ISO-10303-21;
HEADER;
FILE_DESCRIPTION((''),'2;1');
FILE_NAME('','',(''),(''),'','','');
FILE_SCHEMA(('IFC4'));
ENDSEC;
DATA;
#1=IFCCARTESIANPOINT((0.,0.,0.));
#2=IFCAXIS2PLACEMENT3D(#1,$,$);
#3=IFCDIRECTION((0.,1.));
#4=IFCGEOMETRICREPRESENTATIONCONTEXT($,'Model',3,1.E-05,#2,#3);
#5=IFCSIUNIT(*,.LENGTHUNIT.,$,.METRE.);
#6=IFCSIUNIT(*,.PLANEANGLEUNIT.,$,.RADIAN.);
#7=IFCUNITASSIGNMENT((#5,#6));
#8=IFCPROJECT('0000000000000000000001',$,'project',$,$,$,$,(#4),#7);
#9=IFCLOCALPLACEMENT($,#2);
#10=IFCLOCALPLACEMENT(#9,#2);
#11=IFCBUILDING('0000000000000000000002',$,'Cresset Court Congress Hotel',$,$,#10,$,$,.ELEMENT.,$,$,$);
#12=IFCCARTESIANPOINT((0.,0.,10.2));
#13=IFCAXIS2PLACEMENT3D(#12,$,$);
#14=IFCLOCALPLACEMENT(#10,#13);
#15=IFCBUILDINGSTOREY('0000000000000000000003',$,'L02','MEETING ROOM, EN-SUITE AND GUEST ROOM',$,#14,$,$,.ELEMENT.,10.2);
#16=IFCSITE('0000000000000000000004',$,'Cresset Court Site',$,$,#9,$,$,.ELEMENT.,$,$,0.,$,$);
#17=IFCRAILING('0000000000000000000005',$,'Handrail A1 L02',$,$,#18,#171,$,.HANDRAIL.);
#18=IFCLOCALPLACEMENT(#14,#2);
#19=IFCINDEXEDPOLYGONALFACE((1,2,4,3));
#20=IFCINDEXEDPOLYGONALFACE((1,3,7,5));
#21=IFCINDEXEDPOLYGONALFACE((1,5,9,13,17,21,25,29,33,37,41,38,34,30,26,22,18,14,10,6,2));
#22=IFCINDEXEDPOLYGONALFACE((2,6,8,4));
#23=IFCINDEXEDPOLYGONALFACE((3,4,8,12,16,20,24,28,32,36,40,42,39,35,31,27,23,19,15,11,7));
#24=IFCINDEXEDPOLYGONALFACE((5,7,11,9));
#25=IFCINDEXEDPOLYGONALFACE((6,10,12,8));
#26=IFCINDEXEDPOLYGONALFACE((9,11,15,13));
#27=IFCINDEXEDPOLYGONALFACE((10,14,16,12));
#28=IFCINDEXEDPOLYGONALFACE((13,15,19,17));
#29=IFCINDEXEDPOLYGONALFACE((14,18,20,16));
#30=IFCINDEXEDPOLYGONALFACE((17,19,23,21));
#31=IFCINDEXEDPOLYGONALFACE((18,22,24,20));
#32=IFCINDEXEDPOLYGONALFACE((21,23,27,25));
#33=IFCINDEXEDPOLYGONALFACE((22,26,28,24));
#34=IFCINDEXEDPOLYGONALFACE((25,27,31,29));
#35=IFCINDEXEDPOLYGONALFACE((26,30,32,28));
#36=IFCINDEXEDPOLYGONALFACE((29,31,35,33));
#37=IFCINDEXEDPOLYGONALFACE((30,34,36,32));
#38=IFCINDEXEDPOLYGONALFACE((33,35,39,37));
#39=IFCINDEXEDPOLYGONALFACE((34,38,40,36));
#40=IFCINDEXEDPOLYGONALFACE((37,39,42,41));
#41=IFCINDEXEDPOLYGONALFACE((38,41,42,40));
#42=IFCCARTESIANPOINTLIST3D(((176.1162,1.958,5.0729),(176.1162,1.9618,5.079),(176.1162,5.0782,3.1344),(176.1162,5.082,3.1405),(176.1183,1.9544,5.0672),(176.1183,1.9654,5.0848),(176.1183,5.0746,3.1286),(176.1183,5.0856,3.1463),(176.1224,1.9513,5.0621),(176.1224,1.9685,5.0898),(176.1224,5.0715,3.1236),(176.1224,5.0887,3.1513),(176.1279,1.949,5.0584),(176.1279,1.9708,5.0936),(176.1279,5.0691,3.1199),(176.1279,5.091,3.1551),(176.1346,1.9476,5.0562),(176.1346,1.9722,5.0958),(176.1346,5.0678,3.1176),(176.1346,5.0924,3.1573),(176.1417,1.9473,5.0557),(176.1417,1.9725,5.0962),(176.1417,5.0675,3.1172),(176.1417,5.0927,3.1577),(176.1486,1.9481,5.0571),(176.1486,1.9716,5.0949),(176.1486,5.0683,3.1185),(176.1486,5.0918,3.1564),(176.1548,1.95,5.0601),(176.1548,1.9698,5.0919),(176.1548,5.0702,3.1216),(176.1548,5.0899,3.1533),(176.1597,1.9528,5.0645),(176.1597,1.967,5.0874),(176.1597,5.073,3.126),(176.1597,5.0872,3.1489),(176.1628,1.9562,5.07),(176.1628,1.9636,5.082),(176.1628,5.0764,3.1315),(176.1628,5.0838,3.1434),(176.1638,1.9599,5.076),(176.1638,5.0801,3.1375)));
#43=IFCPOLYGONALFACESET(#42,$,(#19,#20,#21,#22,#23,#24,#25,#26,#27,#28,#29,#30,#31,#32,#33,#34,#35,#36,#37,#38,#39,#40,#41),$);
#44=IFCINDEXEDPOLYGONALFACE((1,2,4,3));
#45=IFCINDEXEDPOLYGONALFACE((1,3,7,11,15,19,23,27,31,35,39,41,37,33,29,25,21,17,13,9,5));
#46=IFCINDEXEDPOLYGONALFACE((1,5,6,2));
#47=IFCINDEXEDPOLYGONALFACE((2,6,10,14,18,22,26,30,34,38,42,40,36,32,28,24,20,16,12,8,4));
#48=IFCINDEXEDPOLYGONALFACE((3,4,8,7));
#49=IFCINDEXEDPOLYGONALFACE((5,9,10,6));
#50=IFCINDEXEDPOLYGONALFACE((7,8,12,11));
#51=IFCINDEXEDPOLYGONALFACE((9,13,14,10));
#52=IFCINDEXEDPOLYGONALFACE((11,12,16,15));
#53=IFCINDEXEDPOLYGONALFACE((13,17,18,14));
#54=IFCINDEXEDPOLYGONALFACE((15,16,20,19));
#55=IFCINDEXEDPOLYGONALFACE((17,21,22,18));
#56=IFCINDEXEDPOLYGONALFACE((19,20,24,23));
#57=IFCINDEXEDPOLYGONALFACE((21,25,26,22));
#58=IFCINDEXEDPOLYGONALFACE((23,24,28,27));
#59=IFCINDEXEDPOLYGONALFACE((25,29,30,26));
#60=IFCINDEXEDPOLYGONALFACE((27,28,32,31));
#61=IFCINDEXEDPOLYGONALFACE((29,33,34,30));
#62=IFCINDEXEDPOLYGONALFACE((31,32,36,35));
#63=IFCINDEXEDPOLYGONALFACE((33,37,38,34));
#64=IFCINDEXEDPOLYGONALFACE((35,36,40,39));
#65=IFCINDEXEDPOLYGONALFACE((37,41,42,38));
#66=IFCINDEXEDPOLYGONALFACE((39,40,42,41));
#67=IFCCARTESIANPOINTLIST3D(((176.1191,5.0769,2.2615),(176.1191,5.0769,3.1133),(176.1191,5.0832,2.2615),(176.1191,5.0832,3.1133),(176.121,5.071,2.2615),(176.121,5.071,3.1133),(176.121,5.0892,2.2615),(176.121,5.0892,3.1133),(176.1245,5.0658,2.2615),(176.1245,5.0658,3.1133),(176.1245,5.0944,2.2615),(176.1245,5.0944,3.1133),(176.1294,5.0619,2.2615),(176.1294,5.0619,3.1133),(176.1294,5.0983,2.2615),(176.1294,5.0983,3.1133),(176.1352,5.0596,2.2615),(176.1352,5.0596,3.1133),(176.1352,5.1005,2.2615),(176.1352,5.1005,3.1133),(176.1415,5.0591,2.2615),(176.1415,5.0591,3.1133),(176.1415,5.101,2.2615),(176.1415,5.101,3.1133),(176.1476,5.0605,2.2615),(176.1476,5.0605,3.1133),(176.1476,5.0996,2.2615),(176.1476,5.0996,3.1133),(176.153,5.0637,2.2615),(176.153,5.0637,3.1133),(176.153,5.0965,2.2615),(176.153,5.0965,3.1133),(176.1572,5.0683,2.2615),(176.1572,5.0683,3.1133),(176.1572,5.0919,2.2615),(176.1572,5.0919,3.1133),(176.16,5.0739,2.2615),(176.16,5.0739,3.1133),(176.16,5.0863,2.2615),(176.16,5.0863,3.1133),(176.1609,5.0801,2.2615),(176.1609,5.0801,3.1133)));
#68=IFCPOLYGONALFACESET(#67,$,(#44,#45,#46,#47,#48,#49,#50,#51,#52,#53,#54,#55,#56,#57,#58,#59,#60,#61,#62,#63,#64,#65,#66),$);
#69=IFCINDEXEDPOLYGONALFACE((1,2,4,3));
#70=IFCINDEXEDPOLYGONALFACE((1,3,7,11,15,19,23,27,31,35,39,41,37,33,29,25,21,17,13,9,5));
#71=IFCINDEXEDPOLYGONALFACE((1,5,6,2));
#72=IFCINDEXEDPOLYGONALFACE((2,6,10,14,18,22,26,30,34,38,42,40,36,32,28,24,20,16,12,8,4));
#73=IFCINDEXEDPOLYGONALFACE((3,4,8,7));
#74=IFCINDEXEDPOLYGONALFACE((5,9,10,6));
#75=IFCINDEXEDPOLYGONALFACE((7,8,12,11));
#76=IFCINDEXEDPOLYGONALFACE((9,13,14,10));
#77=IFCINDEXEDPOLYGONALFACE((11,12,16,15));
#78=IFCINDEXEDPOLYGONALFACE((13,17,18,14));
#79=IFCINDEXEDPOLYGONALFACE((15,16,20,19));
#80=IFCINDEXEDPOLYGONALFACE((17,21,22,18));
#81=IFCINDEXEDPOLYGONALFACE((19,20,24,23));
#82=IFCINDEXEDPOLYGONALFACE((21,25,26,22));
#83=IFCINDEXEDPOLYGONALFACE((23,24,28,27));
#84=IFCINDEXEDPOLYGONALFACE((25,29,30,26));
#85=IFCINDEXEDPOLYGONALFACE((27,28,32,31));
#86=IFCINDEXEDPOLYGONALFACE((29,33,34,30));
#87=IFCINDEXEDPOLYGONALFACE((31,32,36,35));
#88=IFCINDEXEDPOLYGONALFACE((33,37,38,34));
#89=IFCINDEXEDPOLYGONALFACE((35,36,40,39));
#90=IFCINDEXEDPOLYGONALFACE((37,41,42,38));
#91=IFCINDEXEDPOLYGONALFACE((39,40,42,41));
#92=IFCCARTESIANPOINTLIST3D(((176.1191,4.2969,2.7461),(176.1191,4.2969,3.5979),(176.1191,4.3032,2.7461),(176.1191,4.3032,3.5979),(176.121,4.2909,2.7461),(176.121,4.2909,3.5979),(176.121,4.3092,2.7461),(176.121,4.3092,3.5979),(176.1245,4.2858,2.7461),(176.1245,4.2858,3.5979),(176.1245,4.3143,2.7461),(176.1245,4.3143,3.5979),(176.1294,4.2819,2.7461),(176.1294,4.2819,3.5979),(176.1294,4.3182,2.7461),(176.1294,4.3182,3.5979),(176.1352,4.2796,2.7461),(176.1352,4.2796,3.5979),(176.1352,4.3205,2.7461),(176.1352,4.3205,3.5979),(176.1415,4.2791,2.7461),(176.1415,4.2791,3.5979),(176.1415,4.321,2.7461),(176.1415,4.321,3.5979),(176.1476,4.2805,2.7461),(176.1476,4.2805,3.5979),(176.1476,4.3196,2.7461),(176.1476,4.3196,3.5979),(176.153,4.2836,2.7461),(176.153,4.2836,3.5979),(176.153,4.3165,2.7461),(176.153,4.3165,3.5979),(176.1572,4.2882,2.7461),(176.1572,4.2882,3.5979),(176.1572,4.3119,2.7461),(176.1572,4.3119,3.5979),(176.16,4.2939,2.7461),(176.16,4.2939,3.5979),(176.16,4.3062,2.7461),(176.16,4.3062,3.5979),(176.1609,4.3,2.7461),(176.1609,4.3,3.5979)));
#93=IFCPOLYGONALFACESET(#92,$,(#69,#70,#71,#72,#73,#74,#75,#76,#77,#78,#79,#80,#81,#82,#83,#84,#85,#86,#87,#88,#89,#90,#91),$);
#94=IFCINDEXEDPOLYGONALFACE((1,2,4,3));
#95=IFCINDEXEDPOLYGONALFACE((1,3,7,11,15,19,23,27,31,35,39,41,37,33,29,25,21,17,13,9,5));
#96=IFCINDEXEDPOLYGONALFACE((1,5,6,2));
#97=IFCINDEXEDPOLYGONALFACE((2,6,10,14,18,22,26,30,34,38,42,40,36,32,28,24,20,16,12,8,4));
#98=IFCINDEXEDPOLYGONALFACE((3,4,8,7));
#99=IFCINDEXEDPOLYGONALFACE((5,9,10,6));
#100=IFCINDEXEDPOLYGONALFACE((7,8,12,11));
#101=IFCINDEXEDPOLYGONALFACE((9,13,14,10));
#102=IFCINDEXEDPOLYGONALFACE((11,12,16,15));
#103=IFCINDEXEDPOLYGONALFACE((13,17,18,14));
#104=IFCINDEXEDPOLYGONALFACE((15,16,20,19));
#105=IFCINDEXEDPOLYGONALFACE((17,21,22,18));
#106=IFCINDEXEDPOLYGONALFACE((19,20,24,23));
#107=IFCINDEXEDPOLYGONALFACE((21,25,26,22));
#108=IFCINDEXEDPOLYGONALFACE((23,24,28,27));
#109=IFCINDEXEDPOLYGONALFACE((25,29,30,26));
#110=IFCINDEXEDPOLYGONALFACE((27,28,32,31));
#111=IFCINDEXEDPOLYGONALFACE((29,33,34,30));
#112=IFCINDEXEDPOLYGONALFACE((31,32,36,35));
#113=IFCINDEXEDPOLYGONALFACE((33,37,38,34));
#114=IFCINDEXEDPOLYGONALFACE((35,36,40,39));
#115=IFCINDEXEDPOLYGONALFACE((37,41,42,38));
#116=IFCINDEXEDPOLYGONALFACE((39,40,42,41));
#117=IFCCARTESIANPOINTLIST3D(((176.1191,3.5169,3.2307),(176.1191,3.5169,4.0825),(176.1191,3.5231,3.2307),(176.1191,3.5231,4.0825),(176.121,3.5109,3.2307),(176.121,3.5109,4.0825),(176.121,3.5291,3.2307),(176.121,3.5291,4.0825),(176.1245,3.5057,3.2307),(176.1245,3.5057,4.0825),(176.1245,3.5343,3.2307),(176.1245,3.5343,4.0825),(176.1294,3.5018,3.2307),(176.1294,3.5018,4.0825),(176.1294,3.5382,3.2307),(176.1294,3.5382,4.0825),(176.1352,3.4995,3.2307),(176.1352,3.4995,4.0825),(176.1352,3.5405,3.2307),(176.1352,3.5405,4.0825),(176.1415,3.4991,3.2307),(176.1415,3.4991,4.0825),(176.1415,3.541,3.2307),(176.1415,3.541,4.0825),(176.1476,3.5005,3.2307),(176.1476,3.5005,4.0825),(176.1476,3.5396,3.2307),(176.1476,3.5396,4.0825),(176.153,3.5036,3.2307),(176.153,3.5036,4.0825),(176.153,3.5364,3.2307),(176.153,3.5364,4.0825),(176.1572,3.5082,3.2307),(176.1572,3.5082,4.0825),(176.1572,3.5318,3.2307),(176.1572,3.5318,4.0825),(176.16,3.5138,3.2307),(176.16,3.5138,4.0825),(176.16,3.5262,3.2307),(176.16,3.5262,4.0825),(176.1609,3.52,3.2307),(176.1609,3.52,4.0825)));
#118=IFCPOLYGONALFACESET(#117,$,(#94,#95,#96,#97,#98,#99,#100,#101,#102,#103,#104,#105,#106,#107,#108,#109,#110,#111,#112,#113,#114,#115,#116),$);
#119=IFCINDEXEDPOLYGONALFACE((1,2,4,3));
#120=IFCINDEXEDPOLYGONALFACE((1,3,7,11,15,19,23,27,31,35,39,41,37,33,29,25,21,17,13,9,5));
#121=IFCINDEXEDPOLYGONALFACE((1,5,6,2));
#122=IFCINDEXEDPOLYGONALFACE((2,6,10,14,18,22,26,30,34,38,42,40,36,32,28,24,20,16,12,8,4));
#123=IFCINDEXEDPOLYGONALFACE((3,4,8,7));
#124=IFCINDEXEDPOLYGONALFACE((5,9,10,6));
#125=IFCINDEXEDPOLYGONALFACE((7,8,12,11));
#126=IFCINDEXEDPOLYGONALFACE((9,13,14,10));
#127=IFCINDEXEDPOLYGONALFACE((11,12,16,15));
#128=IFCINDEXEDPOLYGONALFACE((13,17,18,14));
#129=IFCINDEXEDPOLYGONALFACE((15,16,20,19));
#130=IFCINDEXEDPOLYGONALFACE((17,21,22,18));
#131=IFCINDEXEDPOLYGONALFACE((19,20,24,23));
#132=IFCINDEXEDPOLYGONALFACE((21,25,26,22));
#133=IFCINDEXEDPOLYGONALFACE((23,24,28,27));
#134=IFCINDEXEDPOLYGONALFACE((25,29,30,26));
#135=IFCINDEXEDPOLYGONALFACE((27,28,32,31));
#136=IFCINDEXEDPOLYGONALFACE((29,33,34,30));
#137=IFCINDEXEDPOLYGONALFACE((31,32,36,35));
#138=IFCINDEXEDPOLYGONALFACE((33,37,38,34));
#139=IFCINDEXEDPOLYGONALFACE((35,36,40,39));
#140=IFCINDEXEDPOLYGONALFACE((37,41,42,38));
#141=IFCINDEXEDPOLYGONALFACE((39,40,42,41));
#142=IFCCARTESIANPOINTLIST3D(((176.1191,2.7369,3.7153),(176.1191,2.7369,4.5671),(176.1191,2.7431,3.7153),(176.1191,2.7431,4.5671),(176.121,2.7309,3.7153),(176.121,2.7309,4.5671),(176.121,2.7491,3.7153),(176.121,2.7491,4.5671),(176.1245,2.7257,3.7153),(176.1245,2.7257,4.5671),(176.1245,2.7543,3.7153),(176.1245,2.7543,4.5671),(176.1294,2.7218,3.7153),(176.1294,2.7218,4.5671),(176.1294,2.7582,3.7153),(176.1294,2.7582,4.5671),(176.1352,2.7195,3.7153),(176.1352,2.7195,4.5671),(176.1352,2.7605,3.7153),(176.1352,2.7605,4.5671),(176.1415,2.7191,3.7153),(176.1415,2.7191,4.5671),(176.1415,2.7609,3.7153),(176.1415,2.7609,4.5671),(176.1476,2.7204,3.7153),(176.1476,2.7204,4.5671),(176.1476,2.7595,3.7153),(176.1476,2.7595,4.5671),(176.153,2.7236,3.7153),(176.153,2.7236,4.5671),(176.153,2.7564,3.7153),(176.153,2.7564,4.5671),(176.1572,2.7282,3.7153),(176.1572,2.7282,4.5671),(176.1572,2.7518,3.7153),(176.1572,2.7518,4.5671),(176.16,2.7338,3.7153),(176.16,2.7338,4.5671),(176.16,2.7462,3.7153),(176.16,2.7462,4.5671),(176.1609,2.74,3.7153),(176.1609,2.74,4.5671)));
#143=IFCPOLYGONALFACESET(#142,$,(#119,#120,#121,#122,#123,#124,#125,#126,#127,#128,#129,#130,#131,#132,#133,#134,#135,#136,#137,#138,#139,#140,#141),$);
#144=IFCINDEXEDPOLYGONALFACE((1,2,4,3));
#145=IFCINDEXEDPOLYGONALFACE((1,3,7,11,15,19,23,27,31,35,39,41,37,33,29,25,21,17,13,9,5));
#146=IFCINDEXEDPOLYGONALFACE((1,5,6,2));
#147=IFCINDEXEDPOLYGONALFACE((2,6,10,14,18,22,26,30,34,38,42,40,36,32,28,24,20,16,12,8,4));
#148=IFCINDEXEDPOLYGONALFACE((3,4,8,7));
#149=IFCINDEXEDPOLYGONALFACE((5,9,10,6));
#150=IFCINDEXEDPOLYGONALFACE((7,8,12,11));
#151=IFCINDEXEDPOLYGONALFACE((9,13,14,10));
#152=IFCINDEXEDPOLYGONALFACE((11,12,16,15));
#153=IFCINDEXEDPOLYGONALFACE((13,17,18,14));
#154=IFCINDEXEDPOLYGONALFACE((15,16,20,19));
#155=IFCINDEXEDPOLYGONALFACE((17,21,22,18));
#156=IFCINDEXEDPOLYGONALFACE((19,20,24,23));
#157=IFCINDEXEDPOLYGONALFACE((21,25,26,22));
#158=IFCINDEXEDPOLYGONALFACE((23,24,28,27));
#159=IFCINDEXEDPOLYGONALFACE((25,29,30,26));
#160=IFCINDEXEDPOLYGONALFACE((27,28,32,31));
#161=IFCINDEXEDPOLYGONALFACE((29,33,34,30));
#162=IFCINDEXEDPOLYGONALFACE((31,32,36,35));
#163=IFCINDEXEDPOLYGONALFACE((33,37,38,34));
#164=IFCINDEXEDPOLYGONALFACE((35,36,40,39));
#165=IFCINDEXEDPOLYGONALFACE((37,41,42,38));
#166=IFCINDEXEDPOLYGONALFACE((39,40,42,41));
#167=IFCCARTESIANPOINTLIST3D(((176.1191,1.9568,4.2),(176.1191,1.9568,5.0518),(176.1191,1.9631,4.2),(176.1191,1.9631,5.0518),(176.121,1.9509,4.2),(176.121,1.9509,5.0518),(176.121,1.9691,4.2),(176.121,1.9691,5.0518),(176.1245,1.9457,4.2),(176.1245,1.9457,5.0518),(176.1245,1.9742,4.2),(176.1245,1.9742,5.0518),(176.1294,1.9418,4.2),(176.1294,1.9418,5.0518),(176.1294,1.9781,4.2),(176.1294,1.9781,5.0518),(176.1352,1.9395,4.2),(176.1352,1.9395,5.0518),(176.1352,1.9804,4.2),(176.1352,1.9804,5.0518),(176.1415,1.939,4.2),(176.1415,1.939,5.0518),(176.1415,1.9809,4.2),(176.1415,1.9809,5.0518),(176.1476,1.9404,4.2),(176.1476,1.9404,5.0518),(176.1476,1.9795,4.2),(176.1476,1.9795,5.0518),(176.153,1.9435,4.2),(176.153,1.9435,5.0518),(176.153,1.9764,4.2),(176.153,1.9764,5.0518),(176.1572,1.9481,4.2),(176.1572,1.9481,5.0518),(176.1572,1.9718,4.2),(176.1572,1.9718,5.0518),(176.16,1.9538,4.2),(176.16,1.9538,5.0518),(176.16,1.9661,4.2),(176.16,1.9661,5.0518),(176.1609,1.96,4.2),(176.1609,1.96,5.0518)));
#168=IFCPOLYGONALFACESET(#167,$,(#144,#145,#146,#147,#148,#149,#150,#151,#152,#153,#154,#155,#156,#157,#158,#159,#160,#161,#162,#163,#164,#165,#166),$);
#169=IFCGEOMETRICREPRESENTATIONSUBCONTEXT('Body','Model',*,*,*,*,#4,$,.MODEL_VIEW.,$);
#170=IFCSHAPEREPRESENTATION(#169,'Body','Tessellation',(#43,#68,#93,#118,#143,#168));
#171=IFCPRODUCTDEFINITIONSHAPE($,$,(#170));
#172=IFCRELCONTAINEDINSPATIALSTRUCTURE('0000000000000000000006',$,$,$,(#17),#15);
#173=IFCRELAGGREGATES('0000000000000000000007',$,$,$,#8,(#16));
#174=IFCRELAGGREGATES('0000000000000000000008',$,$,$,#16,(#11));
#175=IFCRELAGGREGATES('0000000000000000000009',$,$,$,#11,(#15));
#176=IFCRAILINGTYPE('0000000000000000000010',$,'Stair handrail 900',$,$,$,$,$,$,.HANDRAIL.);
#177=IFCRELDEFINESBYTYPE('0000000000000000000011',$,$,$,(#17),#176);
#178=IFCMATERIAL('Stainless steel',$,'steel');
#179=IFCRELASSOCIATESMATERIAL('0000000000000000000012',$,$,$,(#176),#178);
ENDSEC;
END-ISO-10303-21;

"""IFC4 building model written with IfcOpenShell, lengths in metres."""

from ifc_helpers import new_model, si_unit, direction, frame, origin, origin_2d, place, context, subcontext, project, spatial, circle, extrude, material, type_object, element, save


model = new_model("IFC4")

# Units and contexts
model_context = context("Model", 3, precision=1e-05, world=origin(), true_north=direction((0.0, 1.0)))
body_context = subcontext(model_context, "Body", "Model", "MODEL_VIEW")
ifc_project = project(units=[si_unit("LENGTHUNIT", "METRE"), si_unit("PLANEANGLEUNIT", "RADIAN")], contexts=[model_context])

# Site, building, storey
site_placement = place(None, origin())
site = spatial("IfcSite", under=ifc_project, at=site_placement, Name="Cresset Court Site", CompositionType="ELEMENT", RefElevation=0.0)
building_placement = place(site_placement, origin())
building = spatial("IfcBuilding", under=site, at=building_placement, Name="Cresset Court Congress Hotel", CompositionType="ELEMENT")
storey_placement = place(building_placement, frame((0.0, 0.0, 10.2)))
storey = spatial("IfcBuildingStorey", under=building, at=storey_placement, Name="L02", Description="MEETING ROOM, EN-SUITE AND GUEST ROOM", CompositionType="ELEMENT", Elevation=10.2)

# Railing
ifc_material_1 = material(Name="Stainless steel", Category="steel")
railing_type_1 = type_object("IfcRailingType", Name="Stair handrail 900", PredefinedType="HANDRAIL", material=ifc_material_1)
for number, where, name in (
    (1, (176.1399, 5.0801, 2.2615), "Handrail A1 L02"),
):
    element("IfcRailing", number, at=place(storey_placement, frame(where)), inside=storey, type_object=railing_type_1, Name=name, PredefinedType="HANDRAIL", context=body_context, shape_type="SweptSolid", body=[
        extrude(circle(Radius=0.0239, at=origin_2d()), frame((0.0, 0.0, 0.876), z_axis=(0.0, -0.849414, 0.527727), x_axis=(1.0, 0.0, 0.0)), (0.0, 0.0, 1.0), 3.6733),
        extrude(circle(Radius=0.021, at=origin_2d()), origin(), (0.0, 0.0, 1.0), 0.8518),
        extrude(circle(Radius=0.021, at=origin_2d()), frame((0.0, -0.78, 0.4846)), (0.0, 0.0, 1.0), 0.8518),
        extrude(circle(Radius=0.021, at=origin_2d()), frame((0.0, -1.5601, 0.9692)), (0.0, 0.0, 1.0), 0.8518),
        extrude(circle(Radius=0.021, at=origin_2d()), frame((0.0, -2.3401, 1.4539)), (0.0, 0.0, 1.0), 0.8518),
        extrude(circle(Radius=0.021, at=origin_2d()), frame((0.0, -3.1201, 1.9385)), (0.0, 0.0, 1.0), 0.8518),
    ])

save(model, "model.ifc")
